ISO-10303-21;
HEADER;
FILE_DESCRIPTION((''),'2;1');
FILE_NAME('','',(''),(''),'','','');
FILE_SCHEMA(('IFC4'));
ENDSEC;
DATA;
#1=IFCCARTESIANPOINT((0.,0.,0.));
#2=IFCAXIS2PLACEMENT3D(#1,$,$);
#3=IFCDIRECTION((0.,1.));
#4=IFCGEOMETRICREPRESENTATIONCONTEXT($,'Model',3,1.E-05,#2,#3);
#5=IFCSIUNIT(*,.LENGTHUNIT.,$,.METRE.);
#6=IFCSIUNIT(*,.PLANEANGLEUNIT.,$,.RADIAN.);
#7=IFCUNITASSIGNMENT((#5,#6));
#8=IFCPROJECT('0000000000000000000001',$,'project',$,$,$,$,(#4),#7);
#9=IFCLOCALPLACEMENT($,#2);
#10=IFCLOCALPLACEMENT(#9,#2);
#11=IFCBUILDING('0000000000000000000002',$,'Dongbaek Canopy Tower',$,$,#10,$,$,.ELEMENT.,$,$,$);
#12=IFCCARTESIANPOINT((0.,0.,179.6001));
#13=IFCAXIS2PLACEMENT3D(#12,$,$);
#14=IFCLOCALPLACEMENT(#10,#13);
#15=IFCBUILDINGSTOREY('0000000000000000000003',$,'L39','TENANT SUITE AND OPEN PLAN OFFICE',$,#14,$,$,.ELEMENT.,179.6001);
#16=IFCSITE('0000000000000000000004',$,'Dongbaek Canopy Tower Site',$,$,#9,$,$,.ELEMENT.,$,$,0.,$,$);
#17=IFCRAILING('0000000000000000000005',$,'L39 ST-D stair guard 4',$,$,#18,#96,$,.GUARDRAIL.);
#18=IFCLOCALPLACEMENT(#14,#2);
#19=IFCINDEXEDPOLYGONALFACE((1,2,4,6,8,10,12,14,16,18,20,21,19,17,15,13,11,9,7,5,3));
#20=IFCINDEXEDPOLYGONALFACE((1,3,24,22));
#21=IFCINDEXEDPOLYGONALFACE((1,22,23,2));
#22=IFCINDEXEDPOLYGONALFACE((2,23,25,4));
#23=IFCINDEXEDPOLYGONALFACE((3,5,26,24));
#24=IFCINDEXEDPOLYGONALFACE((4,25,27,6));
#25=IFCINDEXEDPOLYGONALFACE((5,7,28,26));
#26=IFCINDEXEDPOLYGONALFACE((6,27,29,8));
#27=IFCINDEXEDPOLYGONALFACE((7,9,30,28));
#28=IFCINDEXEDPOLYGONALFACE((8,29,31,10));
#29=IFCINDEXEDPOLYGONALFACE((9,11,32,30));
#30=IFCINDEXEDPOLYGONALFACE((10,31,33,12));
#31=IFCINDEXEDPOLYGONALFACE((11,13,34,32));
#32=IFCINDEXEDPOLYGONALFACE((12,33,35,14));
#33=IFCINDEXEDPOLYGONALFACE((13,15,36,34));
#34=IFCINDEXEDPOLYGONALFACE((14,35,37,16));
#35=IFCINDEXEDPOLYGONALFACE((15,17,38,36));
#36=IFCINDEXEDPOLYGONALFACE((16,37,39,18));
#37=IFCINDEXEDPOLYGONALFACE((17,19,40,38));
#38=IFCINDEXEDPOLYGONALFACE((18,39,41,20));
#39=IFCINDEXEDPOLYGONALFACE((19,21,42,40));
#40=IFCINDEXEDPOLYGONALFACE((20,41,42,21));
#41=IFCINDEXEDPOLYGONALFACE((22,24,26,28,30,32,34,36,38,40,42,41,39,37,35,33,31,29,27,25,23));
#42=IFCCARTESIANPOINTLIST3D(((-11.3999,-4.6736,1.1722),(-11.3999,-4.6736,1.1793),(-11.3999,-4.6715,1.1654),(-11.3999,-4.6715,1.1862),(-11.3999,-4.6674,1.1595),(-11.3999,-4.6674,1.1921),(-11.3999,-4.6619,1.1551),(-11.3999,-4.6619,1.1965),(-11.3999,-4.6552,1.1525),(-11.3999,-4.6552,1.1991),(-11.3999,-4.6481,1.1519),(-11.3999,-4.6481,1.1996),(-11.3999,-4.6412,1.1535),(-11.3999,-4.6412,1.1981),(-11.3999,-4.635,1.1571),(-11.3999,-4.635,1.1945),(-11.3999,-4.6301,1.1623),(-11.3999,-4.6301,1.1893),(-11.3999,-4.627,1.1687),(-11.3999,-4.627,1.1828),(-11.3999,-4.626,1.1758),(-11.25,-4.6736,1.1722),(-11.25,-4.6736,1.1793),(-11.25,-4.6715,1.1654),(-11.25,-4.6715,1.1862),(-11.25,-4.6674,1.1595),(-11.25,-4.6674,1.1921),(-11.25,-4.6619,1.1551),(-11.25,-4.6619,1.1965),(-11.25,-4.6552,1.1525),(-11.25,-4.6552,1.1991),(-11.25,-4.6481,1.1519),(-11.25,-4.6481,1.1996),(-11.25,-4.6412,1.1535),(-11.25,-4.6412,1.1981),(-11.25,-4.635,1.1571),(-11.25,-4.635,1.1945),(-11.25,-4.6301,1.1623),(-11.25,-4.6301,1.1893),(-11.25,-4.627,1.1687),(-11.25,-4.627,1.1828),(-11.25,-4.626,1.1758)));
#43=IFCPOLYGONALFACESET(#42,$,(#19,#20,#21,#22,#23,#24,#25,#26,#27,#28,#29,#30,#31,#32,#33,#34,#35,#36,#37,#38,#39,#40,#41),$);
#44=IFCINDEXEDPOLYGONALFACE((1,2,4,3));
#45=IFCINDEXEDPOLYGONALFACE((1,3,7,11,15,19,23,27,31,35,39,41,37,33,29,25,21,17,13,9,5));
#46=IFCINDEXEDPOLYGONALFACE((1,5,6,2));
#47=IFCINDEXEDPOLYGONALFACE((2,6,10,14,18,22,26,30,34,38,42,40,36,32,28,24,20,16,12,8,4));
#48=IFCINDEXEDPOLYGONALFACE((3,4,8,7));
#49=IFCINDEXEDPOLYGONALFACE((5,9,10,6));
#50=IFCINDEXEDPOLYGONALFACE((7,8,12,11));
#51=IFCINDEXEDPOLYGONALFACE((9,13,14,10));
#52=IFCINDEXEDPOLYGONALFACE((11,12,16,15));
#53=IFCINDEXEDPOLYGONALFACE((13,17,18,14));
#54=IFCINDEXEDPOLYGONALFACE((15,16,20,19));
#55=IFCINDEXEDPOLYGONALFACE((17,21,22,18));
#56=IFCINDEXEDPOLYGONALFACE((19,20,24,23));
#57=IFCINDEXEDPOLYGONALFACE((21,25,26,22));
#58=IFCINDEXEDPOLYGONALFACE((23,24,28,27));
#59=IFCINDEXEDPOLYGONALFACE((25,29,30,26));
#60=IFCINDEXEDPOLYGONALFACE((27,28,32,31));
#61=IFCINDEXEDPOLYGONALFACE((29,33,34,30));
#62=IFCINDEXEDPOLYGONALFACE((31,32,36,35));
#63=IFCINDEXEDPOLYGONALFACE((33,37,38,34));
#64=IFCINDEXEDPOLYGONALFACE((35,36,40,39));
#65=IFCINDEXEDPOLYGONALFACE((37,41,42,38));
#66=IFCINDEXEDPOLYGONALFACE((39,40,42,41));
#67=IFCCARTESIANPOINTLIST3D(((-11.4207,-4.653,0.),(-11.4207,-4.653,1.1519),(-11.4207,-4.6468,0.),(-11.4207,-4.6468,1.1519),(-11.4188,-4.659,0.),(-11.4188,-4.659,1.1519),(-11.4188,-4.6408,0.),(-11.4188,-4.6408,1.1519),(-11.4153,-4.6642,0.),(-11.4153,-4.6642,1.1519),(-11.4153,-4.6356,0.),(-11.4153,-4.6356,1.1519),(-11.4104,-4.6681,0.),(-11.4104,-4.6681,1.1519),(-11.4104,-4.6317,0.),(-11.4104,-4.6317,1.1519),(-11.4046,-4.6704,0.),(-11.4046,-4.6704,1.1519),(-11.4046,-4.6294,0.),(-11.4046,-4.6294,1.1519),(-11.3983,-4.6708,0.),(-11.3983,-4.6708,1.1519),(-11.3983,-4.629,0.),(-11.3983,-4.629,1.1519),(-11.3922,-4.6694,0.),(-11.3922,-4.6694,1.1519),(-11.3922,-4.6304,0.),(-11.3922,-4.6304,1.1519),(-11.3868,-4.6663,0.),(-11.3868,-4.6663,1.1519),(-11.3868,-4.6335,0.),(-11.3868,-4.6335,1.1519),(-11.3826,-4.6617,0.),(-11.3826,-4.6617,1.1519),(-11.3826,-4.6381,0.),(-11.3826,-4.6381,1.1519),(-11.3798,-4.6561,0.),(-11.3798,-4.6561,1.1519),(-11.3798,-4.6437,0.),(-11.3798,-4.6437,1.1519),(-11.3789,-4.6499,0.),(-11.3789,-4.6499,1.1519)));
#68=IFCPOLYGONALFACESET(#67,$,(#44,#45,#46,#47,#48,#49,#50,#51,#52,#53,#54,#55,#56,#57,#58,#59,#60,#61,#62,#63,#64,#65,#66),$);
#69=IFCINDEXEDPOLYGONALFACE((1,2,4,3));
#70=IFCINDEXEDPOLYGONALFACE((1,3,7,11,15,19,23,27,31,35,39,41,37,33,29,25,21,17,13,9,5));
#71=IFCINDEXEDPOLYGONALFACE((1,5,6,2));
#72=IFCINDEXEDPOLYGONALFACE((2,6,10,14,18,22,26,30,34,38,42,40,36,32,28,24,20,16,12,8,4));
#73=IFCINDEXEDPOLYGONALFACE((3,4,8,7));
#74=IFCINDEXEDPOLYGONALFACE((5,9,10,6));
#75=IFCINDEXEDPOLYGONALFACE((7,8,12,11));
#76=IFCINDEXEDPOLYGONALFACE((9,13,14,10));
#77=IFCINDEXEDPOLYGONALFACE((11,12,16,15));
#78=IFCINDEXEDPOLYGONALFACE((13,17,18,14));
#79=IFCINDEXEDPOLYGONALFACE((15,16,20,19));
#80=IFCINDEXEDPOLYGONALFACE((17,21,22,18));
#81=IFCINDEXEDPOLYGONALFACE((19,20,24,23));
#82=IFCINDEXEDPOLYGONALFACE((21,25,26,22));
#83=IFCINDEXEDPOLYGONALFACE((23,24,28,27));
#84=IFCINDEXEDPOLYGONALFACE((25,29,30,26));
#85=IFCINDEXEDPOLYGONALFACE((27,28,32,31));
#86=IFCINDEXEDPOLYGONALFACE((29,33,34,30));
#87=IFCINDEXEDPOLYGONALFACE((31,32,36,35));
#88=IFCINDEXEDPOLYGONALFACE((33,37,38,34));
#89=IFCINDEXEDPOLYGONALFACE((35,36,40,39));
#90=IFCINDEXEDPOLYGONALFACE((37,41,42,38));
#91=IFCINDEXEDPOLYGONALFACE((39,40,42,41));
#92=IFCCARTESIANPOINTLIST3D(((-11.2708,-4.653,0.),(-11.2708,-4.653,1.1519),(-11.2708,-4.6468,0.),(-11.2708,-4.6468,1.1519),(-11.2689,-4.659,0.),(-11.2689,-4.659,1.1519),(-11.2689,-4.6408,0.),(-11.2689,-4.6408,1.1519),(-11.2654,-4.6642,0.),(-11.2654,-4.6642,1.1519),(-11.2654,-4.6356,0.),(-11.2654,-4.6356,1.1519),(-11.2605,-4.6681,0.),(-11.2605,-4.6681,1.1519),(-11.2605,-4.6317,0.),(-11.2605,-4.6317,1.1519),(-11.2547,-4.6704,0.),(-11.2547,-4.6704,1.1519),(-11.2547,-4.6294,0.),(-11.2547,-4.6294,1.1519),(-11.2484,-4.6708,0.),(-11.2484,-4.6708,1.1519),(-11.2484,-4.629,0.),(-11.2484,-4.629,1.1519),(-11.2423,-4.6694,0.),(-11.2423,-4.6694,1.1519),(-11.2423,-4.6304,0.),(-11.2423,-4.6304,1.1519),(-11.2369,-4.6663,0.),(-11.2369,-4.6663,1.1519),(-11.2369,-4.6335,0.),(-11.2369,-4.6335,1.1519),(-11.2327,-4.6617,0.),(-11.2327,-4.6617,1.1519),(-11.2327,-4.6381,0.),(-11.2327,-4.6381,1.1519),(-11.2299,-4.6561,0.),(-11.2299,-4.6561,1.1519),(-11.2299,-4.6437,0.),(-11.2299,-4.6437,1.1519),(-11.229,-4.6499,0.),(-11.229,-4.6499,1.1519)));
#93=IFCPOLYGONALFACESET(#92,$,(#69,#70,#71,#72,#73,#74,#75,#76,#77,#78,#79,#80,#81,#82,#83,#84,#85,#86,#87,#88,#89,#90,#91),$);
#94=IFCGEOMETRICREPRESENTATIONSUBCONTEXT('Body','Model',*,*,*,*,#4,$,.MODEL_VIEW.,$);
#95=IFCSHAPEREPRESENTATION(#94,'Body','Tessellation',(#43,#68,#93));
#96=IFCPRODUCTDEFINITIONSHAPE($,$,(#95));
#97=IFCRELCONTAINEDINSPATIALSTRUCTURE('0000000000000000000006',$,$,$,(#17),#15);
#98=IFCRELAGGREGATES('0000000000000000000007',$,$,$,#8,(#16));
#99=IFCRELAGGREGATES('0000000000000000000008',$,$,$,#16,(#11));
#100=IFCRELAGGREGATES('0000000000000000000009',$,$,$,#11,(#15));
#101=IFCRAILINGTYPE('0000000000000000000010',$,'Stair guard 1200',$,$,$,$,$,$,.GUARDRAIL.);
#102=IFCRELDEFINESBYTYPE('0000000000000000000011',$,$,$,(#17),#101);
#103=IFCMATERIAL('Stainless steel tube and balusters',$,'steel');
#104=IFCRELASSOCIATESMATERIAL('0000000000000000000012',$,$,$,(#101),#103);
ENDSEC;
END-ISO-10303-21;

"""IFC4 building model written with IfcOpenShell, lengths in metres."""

from ifc_helpers import new_model, si_unit, direction, frame, origin, origin_2d, place, context, subcontext, project, spatial, circle, extrude, material, type_object, element, save


model = new_model("IFC4")

# Units and contexts
model_context = context("Model", 3, precision=1e-05, world=origin(), true_north=direction((0.0, 1.0)))
body_context = subcontext(model_context, "Body", "Model", "MODEL_VIEW")
ifc_project = project(units=[si_unit("LENGTHUNIT", "METRE"), si_unit("PLANEANGLEUNIT", "RADIAN")], contexts=[model_context])

# Site, building, storey
site_placement = place(None, origin())
site = spatial("IfcSite", under=ifc_project, at=site_placement, Name="Dongbaek Canopy Tower Site", CompositionType="ELEMENT", RefElevation=0.0)
building_placement = place(site_placement, origin())
building = spatial("IfcBuilding", under=site, at=building_placement, Name="Dongbaek Canopy Tower", CompositionType="ELEMENT")
storey_placement = place(building_placement, frame((0.0, 0.0, 179.6001)))
storey = spatial("IfcBuildingStorey", under=building, at=storey_placement, Name="L39", Description="TENANT SUITE AND OPEN PLAN OFFICE", CompositionType="ELEMENT", Elevation=179.6001)

# Railing
ifc_material_1 = material(Name="Stainless steel tube and balusters", Category="steel")
railing_type_1 = type_object("IfcRailingType", Name="Stair guard 1200", PredefinedType="GUARDRAIL", material=ifc_material_1)
railing_1_placement = place(storey_placement, frame((-11.3999, -4.6499, 0.0)))
element("IfcRailing", 1, at=railing_1_placement, inside=storey, type_object=railing_type_1, Name="L39 ST-D stair guard 4", PredefinedType="GUARDRAIL", context=body_context, shape_type="SweptSolid", body=[
    extrude(circle(Radius=0.0239, at=origin_2d()), frame((0.0, 0.0, 1.1758), z_axis=(1.0, 0.0, 0.0), x_axis=(0.0, 1.0, 0.0)), (0.0, 0.0, 1.0), 0.1499),
    extrude(circle(Radius=0.021, at=origin_2d()), origin(), (0.0, 0.0, 1.0), 1.1519),
    extrude(circle(Radius=0.021, at=origin_2d()), frame((0.1499, 0.0, 0.0)), (0.0, 0.0, 1.0), 1.1519),
])

save(model, "model.ifc")
